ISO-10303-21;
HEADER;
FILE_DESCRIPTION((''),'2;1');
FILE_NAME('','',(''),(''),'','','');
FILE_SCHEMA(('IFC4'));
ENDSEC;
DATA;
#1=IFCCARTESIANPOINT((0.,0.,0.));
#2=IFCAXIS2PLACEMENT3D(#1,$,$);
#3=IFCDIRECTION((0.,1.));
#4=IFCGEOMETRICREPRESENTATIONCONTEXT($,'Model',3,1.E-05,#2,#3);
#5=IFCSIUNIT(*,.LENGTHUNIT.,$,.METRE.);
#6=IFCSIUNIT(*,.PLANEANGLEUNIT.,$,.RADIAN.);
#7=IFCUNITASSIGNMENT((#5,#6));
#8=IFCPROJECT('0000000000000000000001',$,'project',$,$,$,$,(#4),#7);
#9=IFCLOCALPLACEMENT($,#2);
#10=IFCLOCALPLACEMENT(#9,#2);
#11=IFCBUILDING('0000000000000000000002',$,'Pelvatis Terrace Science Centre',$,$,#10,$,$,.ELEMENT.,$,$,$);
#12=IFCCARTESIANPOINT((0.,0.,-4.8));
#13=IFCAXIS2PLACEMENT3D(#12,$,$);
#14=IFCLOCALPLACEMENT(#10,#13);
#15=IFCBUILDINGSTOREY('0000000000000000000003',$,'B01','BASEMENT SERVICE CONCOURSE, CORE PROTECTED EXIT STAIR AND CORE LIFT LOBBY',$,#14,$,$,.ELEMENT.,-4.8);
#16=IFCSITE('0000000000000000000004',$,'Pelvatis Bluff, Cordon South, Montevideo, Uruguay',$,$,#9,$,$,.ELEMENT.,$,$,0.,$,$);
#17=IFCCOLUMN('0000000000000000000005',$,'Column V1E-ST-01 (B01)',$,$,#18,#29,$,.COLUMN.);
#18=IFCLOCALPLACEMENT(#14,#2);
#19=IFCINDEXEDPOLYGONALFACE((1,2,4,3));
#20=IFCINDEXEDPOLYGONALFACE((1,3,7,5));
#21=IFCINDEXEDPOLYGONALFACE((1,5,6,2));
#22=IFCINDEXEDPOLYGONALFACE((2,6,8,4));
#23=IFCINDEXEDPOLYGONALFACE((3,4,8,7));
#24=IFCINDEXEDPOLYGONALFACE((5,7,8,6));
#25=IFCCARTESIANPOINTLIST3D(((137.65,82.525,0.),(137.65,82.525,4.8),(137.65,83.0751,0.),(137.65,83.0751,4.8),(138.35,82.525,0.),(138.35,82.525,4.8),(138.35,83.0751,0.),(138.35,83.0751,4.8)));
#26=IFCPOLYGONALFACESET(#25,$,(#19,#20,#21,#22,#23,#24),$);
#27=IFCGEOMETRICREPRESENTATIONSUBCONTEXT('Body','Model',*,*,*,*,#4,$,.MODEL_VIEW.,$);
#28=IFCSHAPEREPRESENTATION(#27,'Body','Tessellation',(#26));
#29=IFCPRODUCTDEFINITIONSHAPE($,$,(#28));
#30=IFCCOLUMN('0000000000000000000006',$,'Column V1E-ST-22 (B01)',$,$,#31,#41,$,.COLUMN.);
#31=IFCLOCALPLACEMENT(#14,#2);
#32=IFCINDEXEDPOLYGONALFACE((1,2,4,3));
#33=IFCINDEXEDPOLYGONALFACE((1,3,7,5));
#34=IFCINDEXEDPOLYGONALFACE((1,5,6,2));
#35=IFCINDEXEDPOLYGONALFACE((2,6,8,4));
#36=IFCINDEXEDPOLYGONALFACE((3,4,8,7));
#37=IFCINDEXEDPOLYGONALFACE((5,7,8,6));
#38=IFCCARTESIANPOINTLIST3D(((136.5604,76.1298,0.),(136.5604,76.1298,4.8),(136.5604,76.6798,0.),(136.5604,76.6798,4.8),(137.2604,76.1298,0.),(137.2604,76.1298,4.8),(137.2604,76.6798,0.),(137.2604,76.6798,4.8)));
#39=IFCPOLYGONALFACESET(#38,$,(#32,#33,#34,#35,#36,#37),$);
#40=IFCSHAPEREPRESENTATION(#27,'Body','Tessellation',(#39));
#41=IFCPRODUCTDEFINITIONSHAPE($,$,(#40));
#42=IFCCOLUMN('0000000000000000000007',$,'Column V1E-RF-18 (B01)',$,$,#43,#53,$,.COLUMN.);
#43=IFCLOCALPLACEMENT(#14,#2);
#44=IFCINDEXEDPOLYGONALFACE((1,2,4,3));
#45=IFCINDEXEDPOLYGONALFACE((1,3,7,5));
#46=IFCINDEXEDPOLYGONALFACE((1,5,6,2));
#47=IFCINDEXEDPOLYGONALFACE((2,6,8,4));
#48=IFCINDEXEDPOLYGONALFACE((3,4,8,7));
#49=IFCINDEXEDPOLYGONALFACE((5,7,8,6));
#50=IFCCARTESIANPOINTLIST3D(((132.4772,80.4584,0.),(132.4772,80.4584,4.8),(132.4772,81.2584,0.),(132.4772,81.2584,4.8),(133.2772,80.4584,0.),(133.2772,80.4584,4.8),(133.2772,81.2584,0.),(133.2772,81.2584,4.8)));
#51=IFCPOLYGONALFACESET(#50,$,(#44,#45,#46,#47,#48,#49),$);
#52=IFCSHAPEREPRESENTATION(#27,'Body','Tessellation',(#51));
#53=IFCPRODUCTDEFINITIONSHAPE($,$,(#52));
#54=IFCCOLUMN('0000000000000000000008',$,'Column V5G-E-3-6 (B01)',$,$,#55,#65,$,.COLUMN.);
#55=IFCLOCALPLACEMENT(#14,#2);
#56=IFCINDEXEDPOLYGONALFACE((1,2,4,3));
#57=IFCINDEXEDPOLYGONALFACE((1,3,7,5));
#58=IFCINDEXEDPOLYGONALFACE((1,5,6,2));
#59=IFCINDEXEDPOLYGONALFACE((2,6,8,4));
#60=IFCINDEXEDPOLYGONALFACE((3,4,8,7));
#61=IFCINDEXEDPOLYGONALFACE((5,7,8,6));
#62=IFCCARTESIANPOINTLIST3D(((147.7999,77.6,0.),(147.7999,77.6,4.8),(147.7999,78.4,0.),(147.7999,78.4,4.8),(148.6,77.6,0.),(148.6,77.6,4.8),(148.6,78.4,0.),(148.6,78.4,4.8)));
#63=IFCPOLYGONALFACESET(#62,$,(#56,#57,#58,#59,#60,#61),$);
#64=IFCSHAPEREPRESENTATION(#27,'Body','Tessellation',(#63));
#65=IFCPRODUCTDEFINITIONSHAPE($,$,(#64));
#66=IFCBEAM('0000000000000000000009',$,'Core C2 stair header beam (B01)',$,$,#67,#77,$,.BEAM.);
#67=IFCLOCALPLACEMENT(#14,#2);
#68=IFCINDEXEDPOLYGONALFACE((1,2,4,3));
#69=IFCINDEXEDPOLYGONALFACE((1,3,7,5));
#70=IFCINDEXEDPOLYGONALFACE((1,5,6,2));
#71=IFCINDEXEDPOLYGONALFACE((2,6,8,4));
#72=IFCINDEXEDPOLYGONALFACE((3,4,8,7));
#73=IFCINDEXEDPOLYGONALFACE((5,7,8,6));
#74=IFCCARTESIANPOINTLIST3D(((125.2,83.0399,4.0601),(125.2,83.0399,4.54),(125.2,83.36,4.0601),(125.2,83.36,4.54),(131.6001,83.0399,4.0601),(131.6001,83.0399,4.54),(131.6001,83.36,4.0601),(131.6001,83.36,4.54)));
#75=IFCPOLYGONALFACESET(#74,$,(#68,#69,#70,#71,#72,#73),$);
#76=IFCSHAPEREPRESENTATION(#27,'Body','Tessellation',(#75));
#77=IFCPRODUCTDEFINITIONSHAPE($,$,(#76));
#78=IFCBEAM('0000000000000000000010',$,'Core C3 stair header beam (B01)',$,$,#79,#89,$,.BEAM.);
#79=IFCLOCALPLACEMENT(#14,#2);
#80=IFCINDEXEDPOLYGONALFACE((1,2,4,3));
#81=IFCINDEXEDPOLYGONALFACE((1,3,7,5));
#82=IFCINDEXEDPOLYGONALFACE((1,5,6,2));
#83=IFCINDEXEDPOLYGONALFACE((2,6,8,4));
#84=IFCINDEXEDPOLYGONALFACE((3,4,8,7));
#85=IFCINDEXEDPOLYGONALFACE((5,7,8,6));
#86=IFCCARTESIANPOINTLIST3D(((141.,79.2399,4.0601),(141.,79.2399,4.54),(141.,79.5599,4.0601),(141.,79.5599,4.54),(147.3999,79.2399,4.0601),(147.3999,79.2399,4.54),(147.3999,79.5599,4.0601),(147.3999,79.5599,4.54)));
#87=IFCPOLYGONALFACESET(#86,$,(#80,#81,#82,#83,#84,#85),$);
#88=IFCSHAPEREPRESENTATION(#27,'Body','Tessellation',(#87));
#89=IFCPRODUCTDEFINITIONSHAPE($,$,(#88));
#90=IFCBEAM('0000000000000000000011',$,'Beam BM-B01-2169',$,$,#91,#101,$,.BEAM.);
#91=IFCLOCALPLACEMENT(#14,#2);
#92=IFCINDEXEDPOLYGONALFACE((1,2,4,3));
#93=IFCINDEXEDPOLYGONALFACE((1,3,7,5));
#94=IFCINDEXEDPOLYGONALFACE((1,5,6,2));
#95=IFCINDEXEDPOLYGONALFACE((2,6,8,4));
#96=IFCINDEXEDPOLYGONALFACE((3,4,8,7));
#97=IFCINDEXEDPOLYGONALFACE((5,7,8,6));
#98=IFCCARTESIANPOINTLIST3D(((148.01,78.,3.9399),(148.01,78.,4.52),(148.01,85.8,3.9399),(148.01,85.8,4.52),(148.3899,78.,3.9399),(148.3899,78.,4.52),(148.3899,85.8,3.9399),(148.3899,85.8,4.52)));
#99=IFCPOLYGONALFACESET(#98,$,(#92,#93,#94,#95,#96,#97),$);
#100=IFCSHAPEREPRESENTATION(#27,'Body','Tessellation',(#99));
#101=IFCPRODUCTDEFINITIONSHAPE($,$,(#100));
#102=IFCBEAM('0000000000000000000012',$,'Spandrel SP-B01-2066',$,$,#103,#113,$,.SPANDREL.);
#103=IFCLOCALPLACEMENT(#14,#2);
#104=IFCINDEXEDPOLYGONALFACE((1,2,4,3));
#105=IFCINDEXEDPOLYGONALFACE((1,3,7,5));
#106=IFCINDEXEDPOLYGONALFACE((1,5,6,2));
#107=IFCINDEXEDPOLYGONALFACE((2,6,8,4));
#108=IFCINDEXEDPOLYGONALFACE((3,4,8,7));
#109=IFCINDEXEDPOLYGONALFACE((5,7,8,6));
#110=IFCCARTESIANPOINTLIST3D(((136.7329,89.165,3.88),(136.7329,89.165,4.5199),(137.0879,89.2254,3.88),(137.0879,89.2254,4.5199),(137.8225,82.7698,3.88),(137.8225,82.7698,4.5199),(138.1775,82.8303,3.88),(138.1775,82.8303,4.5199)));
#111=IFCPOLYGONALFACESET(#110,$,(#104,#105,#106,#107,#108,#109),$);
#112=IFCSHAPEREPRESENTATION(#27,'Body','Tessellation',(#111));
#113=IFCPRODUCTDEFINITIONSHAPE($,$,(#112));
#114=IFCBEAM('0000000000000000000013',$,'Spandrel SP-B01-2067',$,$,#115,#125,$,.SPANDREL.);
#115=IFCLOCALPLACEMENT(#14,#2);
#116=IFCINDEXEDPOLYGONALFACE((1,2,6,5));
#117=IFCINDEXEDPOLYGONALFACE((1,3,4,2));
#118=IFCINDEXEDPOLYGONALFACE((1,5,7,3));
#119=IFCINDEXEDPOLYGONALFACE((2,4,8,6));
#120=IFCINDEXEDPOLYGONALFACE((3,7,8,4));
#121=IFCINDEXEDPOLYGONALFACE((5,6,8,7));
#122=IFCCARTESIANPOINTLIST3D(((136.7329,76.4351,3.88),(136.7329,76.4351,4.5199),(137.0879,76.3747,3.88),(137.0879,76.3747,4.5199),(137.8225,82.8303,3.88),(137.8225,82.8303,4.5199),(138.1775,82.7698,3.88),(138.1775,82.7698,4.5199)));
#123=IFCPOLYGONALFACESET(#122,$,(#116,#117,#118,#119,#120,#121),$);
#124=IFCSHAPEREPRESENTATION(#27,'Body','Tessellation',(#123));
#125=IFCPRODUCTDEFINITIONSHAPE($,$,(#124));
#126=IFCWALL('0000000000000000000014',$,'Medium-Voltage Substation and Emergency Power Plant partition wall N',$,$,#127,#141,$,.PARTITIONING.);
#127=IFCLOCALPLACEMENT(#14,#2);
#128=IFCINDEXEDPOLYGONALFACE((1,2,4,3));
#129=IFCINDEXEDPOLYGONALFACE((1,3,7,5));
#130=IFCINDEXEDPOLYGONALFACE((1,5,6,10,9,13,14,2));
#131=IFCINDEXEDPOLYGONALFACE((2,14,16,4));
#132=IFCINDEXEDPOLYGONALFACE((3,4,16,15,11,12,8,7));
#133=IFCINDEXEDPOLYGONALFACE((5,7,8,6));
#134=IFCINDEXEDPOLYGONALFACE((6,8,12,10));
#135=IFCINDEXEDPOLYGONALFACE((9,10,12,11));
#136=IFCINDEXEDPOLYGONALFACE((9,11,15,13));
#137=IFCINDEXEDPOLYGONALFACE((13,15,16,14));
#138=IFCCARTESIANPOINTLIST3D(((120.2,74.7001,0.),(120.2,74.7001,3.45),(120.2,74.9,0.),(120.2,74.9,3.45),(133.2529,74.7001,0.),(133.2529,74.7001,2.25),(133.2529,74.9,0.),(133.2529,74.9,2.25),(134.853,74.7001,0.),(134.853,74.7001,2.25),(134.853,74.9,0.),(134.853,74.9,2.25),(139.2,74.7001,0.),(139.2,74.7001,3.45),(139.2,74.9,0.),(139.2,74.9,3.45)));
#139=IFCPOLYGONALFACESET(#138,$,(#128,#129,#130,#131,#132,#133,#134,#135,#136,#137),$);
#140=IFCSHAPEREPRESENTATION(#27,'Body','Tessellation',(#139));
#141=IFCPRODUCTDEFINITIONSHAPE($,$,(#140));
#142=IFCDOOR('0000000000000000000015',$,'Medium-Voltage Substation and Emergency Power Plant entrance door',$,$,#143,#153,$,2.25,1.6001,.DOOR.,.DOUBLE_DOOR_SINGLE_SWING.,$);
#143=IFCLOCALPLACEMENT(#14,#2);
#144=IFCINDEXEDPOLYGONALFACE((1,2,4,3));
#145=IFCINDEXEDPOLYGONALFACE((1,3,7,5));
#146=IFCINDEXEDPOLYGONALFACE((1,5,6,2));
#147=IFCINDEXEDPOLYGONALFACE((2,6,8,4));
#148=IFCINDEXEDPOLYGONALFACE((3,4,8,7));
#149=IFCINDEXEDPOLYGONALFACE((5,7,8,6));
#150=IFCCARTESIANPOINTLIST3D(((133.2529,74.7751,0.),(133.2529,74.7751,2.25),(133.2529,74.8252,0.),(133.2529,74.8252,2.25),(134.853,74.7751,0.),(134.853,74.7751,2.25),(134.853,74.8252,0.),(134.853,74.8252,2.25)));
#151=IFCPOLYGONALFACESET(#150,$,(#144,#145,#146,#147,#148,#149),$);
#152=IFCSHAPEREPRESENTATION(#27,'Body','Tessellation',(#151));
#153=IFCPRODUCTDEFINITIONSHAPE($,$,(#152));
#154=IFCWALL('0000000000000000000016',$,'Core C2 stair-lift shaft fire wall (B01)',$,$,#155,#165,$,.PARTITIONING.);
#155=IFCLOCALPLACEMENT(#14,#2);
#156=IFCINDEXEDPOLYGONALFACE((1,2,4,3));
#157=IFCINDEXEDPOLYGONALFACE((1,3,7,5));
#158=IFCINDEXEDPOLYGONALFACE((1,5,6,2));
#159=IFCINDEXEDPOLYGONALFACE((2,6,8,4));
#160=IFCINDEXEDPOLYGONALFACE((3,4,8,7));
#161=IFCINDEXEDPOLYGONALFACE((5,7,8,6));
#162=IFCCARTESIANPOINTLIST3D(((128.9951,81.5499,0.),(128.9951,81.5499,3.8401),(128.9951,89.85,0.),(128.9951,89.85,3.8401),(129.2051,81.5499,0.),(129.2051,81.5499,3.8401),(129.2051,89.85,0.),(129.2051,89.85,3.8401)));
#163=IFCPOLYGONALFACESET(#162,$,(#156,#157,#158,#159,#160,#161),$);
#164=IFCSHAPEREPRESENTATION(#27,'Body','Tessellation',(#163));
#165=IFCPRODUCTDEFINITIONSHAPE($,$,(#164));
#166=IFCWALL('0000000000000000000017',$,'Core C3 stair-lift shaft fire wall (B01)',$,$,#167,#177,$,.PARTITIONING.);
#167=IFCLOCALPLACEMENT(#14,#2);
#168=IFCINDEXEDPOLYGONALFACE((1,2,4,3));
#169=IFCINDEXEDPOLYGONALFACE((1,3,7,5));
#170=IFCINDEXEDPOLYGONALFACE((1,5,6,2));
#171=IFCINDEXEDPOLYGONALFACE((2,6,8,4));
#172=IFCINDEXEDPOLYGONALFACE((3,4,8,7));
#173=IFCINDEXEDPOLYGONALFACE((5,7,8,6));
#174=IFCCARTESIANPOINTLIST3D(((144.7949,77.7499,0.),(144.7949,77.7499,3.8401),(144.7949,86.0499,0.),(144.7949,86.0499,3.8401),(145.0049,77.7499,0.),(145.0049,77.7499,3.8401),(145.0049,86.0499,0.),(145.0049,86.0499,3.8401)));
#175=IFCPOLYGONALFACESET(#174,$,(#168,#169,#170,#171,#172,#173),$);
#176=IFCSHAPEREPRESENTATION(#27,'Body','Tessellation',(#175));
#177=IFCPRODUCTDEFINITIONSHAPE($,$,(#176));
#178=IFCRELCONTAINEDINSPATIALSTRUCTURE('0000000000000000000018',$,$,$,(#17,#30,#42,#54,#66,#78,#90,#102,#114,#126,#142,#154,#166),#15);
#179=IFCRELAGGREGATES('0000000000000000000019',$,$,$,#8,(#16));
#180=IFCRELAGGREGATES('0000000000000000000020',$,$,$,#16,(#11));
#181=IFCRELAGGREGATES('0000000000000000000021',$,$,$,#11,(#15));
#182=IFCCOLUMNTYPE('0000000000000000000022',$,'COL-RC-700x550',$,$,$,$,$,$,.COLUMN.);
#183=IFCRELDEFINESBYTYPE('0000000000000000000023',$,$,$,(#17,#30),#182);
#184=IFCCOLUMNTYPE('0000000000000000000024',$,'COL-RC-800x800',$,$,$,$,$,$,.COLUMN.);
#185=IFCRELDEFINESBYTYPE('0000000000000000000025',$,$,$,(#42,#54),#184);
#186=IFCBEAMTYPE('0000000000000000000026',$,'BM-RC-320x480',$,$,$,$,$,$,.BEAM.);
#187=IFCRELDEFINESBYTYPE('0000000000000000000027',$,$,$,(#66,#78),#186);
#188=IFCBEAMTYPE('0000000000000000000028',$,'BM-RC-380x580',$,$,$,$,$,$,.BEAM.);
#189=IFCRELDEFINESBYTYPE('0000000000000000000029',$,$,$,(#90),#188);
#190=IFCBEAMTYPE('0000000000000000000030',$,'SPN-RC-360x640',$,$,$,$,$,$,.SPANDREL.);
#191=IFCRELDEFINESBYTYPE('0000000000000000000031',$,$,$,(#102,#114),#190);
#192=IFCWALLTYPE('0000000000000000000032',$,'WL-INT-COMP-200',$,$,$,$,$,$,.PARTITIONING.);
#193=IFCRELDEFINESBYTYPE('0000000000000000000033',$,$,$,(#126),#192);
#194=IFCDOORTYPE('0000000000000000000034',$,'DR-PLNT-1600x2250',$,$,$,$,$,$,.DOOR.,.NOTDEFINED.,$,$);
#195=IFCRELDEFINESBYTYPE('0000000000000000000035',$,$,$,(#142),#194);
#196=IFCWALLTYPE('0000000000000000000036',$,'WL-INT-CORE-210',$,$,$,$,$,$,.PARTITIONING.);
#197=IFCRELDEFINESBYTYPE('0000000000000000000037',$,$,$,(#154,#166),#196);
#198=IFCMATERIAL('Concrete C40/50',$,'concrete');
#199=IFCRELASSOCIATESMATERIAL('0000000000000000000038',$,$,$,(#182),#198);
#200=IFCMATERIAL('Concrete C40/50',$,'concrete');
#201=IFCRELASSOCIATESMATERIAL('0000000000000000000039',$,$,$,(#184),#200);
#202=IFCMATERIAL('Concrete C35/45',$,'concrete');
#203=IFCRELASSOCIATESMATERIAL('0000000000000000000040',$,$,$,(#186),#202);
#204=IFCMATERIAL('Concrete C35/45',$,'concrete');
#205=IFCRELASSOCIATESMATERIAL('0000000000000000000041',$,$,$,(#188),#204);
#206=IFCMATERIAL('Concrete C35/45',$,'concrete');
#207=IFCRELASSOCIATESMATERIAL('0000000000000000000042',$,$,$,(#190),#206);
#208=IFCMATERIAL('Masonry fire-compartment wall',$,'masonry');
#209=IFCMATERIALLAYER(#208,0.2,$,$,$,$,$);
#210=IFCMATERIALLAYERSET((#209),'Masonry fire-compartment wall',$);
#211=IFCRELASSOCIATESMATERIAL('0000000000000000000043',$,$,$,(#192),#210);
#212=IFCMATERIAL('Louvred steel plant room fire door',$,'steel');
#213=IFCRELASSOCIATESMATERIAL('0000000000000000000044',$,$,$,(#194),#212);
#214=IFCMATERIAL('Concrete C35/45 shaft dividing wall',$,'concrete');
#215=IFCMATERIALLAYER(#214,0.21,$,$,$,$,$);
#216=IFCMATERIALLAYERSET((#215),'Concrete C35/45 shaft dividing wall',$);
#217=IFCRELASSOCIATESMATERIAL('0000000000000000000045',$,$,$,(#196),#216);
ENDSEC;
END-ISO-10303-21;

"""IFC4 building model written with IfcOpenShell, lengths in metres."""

from ifc_helpers import new_model, si_unit, direction, frame, frame_2d, origin, origin_2d, place, context, subcontext, project, spatial, rectangle, extrude, material, layer, layer_set, material_profile, profile_set, type_object, element, fill, save


model = new_model("IFC4")

# Units and contexts
model_context = context("Model", 3, precision=1e-05, world=origin(), true_north=direction((0.0, 1.0)))
body_context = subcontext(model_context, "Body", "Model", "MODEL_VIEW")
ifc_project = project(units=[si_unit("LENGTHUNIT", "METRE"), si_unit("PLANEANGLEUNIT", "RADIAN")], contexts=[model_context])

# Site, building, storey
site_placement = place(None, origin())
site = spatial("IfcSite", under=ifc_project, at=site_placement, Name="Pelvatis Bluff, Cordon South, Montevideo, Uruguay", CompositionType="ELEMENT", RefElevation=0.0)
building_placement = place(site_placement, origin())
building = spatial("IfcBuilding", under=site, at=building_placement, Name="Pelvatis Terrace Science Centre", CompositionType="ELEMENT")
storey_placement = place(building_placement, frame((0.0, 0.0, -4.8)))
storey = spatial("IfcBuildingStorey", under=building, at=storey_placement, Name="B01", Description="BASEMENT SERVICE CONCOURSE, CORE PROTECTED EXIT STAIR AND CORE LIFT LOBBY", CompositionType="ELEMENT", Elevation=-4.8)

# Columns
ifc_material_1 = material(Name="Concrete C40/50", Category="concrete")
ifc_material_profile_1 = material_profile(ifc_material_1, rectangle(XDim=0.7, YDim=0.55, at=origin_2d()), Name="RC-COL 700x550")
ifc_profile_set_1 = profile_set([ifc_material_profile_1], Name="Concrete C40/50")
column_type_1 = type_object("IfcColumnType", Name="COL-RC-700x550", PredefinedType="COLUMN", material=ifc_profile_set_1)
for number, where, z_axis, x_axis, name in (
    (1, (138.0, 82.8, 0.0), (0.0, 0.0, 1.0), (1.0, 0.0, 0.0), "Column V1E-ST-01 (B01)"),
    (2, (136.9104, 76.4048, 0.0), (0.0, 0.0, 1.0), (1.0, 0.0, 0.0), "Column V1E-ST-22 (B01)"),
):
    element("IfcColumn", number, at=place(storey_placement, frame(where, z_axis=z_axis, x_axis=x_axis)), inside=storey, type_object=column_type_1, Name=name, PredefinedType="COLUMN", context=body_context, shape_type="SweptSolid", body=[
        extrude(rectangle(XDim=0.7, YDim=0.55, at=origin_2d()), origin(), (0.0, 0.0, 1.0), 4.8),
    ])
ifc_material_2 = material(Name="Concrete C40/50", Category="concrete")
ifc_material_profile_2 = material_profile(ifc_material_2, rectangle(XDim=0.8, YDim=0.8, at=origin_2d()), Name="RC-COL 800x800")
ifc_profile_set_2 = profile_set([ifc_material_profile_2], Name="Concrete C40/50")
column_type_2 = type_object("IfcColumnType", Name="COL-RC-800x800", PredefinedType="COLUMN", material=ifc_profile_set_2)
for number, where, z_axis, x_axis, name in (
    (3, (132.8772, 80.8584, 0.0), (0.0, 0.0, 1.0), (1.0, 0.0, 0.0), "Column V1E-RF-18 (B01)"),
    (4, (148.2, 78.0, 0.0), (0.0, 0.0, 1.0), (1.0, 0.0, 0.0), "Column V5G-E-3-6 (B01)"),
):
    element("IfcColumn", number, at=place(storey_placement, frame(where, z_axis=z_axis, x_axis=x_axis)), inside=storey, type_object=column_type_2, Name=name, PredefinedType="COLUMN", context=body_context, shape_type="SweptSolid", body=[
        extrude(rectangle(XDim=0.8, YDim=0.8, at=origin_2d()), origin(), (0.0, 0.0, 1.0), 4.8),
    ])

# Beams
ifc_material_3 = material(Name="Concrete C35/45", Category="concrete")
ifc_material_profile_3 = material_profile(ifc_material_3, rectangle(XDim=0.3201, YDim=0.48, at=origin_2d()), Name="RC-BM 320x480")
ifc_profile_set_3 = profile_set([ifc_material_profile_3], Name="Concrete C35/45")
beam_type_1 = type_object("IfcBeamType", Name="BM-RC-320x480", PredefinedType="BEAM", material=ifc_profile_set_3)
beam_1_placement = place(storey_placement, frame((125.2, 83.2, 4.3), z_axis=(1.0, 0.0, 0.0), x_axis=(0.0, 1.0, 0.0)))
element("IfcBeam", 5, at=beam_1_placement, inside=storey, type_object=beam_type_1, Name="Core C2 stair header beam (B01)", PredefinedType="BEAM", context=body_context, shape_type="SweptSolid", body=[
    extrude(rectangle(XDim=0.3201, YDim=0.48, at=origin_2d()), origin(), (0.0, 0.0, 1.0), 6.4001),
])
beam_2_placement = place(storey_placement, frame((141.0, 79.3999, 4.3), z_axis=(1.0, 0.0, 0.0), x_axis=(0.0, 1.0, 0.0)))
element("IfcBeam", 6, at=beam_2_placement, inside=storey, type_object=beam_type_1, Name="Core C3 stair header beam (B01)", PredefinedType="BEAM", context=body_context, shape_type="SweptSolid", body=[
    extrude(rectangle(XDim=0.3201, YDim=0.48, at=origin_2d()), origin(), (0.0, 0.0, 1.0), 6.3999),
])
ifc_material_4 = material(Name="Concrete C35/45", Category="concrete")
ifc_material_profile_4 = material_profile(ifc_material_4, rectangle(XDim=0.3799, YDim=0.5801, at=origin_2d()), Name="RC-BM 380x580")
ifc_profile_set_4 = profile_set([ifc_material_profile_4], Name="Concrete C35/45")
beam_type_2 = type_object("IfcBeamType", Name="BM-RC-380x580", PredefinedType="BEAM", material=ifc_profile_set_4)
beam_3_placement = place(storey_placement, frame((148.2, 78.0, 4.23), z_axis=(0.0, 1.0, 0.0), x_axis=(-1.0, 0.0, 0.0)))
element("IfcBeam", 7, at=beam_3_placement, inside=storey, type_object=beam_type_2, Name="Beam BM-B01-2169", PredefinedType="BEAM", context=body_context, shape_type="SweptSolid", body=[
    extrude(rectangle(XDim=0.3799, YDim=0.5801, at=origin_2d()), origin(), (0.0, 0.0, 1.0), 7.8),
])
ifc_material_5 = material(Name="Concrete C35/45", Category="concrete")
ifc_material_profile_5 = material_profile(ifc_material_5, rectangle(XDim=0.3601, YDim=0.6399, at=origin_2d()), Name="RC-SPN 360x640")
ifc_profile_set_5 = profile_set([ifc_material_profile_5], Name="Concrete C35/45")
beam_type_3 = type_object("IfcBeamType", Name="SPN-RC-360x640", PredefinedType="SPANDREL", material=ifc_profile_set_5)
for number, where, z_axis, x_axis, name in (
    (8, (138.0, 82.8, 4.2), (-0.167956, 0.985795, 0.0), (-0.985795, -0.167956, 0.0), "Spandrel SP-B01-2066"),
    (9, (138.0, 82.8, 4.2), (-0.167956, -0.985795, 0.0), (0.985795, -0.167956, 0.0), "Spandrel SP-B01-2067"),
):
    element("IfcBeam", number, at=place(storey_placement, frame(where, z_axis=z_axis, x_axis=x_axis)), inside=storey, type_object=beam_type_3, Name=name, PredefinedType="SPANDREL", context=body_context, shape_type="SweptSolid", body=[
        extrude(rectangle(XDim=0.3601, YDim=0.6399, at=origin_2d()), origin(), (0.0, 0.0, 1.0), 6.4873),
    ])

# Wall, opening, door
ifc_material_6 = material(Name="Masonry fire-compartment wall", Category="masonry")
ifc_layer_1 = layer(ifc_material_6, 0.2)
ifc_layer_set_1 = layer_set([ifc_layer_1], Name="Masonry fire-compartment wall")
wall_type_1 = type_object("IfcWallType", Name="WL-INT-COMP-200", PredefinedType="PARTITIONING", material=ifc_layer_set_1)
wall_1_placement = place(storey_placement, frame((139.2, 74.8, 0.0), z_axis=(0.0, 0.0, 1.0), x_axis=(-1.0, 0.0, 0.0)))
wall_1 = element("IfcWall", 10, at=wall_1_placement, inside=storey, type_object=wall_type_1, Name="Medium-Voltage Substation and Emergency Power Plant partition wall N", PredefinedType="PARTITIONING", context=body_context, shape_type="SweptSolid", body=[
    extrude(rectangle(XDim=19.0, YDim=0.2, at=frame_2d((9.5, 0.0))), origin(), (0.0, 0.0, 1.0), 3.45),
])
opening_1_placement = place(wall_1_placement, frame((4.3469, 0.0, 0.0)))
opening_1 = element("IfcOpeningElement", 11, at=opening_1_placement, cuts=wall_1, PredefinedType="OPENING", context=body_context, shape_type="SweptSolid", body=[
    extrude(rectangle(XDim=1.6001, YDim=2.25, at=frame_2d((0.8, 1.125))), frame((0.0, 0.1099, 0.0), z_axis=(0.0, -1.0, 0.0), x_axis=(1.0, 0.0, 0.0)), (0.0, 0.0, 1.0), 0.22),
])
ifc_material_7 = material(Name="Louvred steel plant room fire door", Category="steel")
door_type_1 = type_object("IfcDoorType", Name="DR-PLNT-1600x2250", OperationType="NOTDEFINED", PredefinedType="DOOR", material=ifc_material_7)
door_1_placement = place(opening_1_placement, origin())
door_1 = element("IfcDoor", 12, at=door_1_placement, inside=storey, type_object=door_type_1, Name="Medium-Voltage Substation and Emergency Power Plant entrance door", OperationType="DOUBLE_DOOR_SINGLE_SWING", OverallHeight=2.25, OverallWidth=1.6001, PredefinedType="DOOR", context=body_context, shape_type="SweptSolid", body=[
    extrude(rectangle(XDim=1.6001, YDim=2.25, at=frame_2d((0.8, 1.125))), frame((0.0, 0.0249, 0.0), z_axis=(0.0, -1.0, 0.0), x_axis=(1.0, 0.0, 0.0)), (0.0, 0.0, 1.0), 0.05),
])
fill(opening_1, door_1)

# Walls
ifc_material_8 = material(Name="Concrete C35/45 shaft dividing wall", Category="concrete")
ifc_layer_2 = layer(ifc_material_8, 0.21)
ifc_layer_set_2 = layer_set([ifc_layer_2], Name="Concrete C35/45 shaft dividing wall")
wall_type_2 = type_object("IfcWallType", Name="WL-INT-CORE-210", PredefinedType="PARTITIONING", material=ifc_layer_set_2)
for number, where, z_axis, x_axis, name in (
    (13, (129.1001, 81.55, 0.0), (0.0, 0.0, 1.0), (0.0, 1.0, 0.0), "Core C2 stair-lift shaft fire wall (B01)"),
    (14, (144.8999, 77.75, 0.0), (0.0, 0.0, 1.0), (0.0, 1.0, 0.0), "Core C3 stair-lift shaft fire wall (B01)"),
):
    element("IfcWall", number, at=place(storey_placement, frame(where, z_axis=z_axis, x_axis=x_axis)), inside=storey, type_object=wall_type_2, Name=name, PredefinedType="PARTITIONING", context=body_context, shape_type="SweptSolid", body=[
        extrude(rectangle(XDim=8.3, YDim=0.21, at=frame_2d((4.1499, 0.0))), origin(), (0.0, 0.0, 1.0), 3.8401),
    ])

save(model, "model.ifc")
